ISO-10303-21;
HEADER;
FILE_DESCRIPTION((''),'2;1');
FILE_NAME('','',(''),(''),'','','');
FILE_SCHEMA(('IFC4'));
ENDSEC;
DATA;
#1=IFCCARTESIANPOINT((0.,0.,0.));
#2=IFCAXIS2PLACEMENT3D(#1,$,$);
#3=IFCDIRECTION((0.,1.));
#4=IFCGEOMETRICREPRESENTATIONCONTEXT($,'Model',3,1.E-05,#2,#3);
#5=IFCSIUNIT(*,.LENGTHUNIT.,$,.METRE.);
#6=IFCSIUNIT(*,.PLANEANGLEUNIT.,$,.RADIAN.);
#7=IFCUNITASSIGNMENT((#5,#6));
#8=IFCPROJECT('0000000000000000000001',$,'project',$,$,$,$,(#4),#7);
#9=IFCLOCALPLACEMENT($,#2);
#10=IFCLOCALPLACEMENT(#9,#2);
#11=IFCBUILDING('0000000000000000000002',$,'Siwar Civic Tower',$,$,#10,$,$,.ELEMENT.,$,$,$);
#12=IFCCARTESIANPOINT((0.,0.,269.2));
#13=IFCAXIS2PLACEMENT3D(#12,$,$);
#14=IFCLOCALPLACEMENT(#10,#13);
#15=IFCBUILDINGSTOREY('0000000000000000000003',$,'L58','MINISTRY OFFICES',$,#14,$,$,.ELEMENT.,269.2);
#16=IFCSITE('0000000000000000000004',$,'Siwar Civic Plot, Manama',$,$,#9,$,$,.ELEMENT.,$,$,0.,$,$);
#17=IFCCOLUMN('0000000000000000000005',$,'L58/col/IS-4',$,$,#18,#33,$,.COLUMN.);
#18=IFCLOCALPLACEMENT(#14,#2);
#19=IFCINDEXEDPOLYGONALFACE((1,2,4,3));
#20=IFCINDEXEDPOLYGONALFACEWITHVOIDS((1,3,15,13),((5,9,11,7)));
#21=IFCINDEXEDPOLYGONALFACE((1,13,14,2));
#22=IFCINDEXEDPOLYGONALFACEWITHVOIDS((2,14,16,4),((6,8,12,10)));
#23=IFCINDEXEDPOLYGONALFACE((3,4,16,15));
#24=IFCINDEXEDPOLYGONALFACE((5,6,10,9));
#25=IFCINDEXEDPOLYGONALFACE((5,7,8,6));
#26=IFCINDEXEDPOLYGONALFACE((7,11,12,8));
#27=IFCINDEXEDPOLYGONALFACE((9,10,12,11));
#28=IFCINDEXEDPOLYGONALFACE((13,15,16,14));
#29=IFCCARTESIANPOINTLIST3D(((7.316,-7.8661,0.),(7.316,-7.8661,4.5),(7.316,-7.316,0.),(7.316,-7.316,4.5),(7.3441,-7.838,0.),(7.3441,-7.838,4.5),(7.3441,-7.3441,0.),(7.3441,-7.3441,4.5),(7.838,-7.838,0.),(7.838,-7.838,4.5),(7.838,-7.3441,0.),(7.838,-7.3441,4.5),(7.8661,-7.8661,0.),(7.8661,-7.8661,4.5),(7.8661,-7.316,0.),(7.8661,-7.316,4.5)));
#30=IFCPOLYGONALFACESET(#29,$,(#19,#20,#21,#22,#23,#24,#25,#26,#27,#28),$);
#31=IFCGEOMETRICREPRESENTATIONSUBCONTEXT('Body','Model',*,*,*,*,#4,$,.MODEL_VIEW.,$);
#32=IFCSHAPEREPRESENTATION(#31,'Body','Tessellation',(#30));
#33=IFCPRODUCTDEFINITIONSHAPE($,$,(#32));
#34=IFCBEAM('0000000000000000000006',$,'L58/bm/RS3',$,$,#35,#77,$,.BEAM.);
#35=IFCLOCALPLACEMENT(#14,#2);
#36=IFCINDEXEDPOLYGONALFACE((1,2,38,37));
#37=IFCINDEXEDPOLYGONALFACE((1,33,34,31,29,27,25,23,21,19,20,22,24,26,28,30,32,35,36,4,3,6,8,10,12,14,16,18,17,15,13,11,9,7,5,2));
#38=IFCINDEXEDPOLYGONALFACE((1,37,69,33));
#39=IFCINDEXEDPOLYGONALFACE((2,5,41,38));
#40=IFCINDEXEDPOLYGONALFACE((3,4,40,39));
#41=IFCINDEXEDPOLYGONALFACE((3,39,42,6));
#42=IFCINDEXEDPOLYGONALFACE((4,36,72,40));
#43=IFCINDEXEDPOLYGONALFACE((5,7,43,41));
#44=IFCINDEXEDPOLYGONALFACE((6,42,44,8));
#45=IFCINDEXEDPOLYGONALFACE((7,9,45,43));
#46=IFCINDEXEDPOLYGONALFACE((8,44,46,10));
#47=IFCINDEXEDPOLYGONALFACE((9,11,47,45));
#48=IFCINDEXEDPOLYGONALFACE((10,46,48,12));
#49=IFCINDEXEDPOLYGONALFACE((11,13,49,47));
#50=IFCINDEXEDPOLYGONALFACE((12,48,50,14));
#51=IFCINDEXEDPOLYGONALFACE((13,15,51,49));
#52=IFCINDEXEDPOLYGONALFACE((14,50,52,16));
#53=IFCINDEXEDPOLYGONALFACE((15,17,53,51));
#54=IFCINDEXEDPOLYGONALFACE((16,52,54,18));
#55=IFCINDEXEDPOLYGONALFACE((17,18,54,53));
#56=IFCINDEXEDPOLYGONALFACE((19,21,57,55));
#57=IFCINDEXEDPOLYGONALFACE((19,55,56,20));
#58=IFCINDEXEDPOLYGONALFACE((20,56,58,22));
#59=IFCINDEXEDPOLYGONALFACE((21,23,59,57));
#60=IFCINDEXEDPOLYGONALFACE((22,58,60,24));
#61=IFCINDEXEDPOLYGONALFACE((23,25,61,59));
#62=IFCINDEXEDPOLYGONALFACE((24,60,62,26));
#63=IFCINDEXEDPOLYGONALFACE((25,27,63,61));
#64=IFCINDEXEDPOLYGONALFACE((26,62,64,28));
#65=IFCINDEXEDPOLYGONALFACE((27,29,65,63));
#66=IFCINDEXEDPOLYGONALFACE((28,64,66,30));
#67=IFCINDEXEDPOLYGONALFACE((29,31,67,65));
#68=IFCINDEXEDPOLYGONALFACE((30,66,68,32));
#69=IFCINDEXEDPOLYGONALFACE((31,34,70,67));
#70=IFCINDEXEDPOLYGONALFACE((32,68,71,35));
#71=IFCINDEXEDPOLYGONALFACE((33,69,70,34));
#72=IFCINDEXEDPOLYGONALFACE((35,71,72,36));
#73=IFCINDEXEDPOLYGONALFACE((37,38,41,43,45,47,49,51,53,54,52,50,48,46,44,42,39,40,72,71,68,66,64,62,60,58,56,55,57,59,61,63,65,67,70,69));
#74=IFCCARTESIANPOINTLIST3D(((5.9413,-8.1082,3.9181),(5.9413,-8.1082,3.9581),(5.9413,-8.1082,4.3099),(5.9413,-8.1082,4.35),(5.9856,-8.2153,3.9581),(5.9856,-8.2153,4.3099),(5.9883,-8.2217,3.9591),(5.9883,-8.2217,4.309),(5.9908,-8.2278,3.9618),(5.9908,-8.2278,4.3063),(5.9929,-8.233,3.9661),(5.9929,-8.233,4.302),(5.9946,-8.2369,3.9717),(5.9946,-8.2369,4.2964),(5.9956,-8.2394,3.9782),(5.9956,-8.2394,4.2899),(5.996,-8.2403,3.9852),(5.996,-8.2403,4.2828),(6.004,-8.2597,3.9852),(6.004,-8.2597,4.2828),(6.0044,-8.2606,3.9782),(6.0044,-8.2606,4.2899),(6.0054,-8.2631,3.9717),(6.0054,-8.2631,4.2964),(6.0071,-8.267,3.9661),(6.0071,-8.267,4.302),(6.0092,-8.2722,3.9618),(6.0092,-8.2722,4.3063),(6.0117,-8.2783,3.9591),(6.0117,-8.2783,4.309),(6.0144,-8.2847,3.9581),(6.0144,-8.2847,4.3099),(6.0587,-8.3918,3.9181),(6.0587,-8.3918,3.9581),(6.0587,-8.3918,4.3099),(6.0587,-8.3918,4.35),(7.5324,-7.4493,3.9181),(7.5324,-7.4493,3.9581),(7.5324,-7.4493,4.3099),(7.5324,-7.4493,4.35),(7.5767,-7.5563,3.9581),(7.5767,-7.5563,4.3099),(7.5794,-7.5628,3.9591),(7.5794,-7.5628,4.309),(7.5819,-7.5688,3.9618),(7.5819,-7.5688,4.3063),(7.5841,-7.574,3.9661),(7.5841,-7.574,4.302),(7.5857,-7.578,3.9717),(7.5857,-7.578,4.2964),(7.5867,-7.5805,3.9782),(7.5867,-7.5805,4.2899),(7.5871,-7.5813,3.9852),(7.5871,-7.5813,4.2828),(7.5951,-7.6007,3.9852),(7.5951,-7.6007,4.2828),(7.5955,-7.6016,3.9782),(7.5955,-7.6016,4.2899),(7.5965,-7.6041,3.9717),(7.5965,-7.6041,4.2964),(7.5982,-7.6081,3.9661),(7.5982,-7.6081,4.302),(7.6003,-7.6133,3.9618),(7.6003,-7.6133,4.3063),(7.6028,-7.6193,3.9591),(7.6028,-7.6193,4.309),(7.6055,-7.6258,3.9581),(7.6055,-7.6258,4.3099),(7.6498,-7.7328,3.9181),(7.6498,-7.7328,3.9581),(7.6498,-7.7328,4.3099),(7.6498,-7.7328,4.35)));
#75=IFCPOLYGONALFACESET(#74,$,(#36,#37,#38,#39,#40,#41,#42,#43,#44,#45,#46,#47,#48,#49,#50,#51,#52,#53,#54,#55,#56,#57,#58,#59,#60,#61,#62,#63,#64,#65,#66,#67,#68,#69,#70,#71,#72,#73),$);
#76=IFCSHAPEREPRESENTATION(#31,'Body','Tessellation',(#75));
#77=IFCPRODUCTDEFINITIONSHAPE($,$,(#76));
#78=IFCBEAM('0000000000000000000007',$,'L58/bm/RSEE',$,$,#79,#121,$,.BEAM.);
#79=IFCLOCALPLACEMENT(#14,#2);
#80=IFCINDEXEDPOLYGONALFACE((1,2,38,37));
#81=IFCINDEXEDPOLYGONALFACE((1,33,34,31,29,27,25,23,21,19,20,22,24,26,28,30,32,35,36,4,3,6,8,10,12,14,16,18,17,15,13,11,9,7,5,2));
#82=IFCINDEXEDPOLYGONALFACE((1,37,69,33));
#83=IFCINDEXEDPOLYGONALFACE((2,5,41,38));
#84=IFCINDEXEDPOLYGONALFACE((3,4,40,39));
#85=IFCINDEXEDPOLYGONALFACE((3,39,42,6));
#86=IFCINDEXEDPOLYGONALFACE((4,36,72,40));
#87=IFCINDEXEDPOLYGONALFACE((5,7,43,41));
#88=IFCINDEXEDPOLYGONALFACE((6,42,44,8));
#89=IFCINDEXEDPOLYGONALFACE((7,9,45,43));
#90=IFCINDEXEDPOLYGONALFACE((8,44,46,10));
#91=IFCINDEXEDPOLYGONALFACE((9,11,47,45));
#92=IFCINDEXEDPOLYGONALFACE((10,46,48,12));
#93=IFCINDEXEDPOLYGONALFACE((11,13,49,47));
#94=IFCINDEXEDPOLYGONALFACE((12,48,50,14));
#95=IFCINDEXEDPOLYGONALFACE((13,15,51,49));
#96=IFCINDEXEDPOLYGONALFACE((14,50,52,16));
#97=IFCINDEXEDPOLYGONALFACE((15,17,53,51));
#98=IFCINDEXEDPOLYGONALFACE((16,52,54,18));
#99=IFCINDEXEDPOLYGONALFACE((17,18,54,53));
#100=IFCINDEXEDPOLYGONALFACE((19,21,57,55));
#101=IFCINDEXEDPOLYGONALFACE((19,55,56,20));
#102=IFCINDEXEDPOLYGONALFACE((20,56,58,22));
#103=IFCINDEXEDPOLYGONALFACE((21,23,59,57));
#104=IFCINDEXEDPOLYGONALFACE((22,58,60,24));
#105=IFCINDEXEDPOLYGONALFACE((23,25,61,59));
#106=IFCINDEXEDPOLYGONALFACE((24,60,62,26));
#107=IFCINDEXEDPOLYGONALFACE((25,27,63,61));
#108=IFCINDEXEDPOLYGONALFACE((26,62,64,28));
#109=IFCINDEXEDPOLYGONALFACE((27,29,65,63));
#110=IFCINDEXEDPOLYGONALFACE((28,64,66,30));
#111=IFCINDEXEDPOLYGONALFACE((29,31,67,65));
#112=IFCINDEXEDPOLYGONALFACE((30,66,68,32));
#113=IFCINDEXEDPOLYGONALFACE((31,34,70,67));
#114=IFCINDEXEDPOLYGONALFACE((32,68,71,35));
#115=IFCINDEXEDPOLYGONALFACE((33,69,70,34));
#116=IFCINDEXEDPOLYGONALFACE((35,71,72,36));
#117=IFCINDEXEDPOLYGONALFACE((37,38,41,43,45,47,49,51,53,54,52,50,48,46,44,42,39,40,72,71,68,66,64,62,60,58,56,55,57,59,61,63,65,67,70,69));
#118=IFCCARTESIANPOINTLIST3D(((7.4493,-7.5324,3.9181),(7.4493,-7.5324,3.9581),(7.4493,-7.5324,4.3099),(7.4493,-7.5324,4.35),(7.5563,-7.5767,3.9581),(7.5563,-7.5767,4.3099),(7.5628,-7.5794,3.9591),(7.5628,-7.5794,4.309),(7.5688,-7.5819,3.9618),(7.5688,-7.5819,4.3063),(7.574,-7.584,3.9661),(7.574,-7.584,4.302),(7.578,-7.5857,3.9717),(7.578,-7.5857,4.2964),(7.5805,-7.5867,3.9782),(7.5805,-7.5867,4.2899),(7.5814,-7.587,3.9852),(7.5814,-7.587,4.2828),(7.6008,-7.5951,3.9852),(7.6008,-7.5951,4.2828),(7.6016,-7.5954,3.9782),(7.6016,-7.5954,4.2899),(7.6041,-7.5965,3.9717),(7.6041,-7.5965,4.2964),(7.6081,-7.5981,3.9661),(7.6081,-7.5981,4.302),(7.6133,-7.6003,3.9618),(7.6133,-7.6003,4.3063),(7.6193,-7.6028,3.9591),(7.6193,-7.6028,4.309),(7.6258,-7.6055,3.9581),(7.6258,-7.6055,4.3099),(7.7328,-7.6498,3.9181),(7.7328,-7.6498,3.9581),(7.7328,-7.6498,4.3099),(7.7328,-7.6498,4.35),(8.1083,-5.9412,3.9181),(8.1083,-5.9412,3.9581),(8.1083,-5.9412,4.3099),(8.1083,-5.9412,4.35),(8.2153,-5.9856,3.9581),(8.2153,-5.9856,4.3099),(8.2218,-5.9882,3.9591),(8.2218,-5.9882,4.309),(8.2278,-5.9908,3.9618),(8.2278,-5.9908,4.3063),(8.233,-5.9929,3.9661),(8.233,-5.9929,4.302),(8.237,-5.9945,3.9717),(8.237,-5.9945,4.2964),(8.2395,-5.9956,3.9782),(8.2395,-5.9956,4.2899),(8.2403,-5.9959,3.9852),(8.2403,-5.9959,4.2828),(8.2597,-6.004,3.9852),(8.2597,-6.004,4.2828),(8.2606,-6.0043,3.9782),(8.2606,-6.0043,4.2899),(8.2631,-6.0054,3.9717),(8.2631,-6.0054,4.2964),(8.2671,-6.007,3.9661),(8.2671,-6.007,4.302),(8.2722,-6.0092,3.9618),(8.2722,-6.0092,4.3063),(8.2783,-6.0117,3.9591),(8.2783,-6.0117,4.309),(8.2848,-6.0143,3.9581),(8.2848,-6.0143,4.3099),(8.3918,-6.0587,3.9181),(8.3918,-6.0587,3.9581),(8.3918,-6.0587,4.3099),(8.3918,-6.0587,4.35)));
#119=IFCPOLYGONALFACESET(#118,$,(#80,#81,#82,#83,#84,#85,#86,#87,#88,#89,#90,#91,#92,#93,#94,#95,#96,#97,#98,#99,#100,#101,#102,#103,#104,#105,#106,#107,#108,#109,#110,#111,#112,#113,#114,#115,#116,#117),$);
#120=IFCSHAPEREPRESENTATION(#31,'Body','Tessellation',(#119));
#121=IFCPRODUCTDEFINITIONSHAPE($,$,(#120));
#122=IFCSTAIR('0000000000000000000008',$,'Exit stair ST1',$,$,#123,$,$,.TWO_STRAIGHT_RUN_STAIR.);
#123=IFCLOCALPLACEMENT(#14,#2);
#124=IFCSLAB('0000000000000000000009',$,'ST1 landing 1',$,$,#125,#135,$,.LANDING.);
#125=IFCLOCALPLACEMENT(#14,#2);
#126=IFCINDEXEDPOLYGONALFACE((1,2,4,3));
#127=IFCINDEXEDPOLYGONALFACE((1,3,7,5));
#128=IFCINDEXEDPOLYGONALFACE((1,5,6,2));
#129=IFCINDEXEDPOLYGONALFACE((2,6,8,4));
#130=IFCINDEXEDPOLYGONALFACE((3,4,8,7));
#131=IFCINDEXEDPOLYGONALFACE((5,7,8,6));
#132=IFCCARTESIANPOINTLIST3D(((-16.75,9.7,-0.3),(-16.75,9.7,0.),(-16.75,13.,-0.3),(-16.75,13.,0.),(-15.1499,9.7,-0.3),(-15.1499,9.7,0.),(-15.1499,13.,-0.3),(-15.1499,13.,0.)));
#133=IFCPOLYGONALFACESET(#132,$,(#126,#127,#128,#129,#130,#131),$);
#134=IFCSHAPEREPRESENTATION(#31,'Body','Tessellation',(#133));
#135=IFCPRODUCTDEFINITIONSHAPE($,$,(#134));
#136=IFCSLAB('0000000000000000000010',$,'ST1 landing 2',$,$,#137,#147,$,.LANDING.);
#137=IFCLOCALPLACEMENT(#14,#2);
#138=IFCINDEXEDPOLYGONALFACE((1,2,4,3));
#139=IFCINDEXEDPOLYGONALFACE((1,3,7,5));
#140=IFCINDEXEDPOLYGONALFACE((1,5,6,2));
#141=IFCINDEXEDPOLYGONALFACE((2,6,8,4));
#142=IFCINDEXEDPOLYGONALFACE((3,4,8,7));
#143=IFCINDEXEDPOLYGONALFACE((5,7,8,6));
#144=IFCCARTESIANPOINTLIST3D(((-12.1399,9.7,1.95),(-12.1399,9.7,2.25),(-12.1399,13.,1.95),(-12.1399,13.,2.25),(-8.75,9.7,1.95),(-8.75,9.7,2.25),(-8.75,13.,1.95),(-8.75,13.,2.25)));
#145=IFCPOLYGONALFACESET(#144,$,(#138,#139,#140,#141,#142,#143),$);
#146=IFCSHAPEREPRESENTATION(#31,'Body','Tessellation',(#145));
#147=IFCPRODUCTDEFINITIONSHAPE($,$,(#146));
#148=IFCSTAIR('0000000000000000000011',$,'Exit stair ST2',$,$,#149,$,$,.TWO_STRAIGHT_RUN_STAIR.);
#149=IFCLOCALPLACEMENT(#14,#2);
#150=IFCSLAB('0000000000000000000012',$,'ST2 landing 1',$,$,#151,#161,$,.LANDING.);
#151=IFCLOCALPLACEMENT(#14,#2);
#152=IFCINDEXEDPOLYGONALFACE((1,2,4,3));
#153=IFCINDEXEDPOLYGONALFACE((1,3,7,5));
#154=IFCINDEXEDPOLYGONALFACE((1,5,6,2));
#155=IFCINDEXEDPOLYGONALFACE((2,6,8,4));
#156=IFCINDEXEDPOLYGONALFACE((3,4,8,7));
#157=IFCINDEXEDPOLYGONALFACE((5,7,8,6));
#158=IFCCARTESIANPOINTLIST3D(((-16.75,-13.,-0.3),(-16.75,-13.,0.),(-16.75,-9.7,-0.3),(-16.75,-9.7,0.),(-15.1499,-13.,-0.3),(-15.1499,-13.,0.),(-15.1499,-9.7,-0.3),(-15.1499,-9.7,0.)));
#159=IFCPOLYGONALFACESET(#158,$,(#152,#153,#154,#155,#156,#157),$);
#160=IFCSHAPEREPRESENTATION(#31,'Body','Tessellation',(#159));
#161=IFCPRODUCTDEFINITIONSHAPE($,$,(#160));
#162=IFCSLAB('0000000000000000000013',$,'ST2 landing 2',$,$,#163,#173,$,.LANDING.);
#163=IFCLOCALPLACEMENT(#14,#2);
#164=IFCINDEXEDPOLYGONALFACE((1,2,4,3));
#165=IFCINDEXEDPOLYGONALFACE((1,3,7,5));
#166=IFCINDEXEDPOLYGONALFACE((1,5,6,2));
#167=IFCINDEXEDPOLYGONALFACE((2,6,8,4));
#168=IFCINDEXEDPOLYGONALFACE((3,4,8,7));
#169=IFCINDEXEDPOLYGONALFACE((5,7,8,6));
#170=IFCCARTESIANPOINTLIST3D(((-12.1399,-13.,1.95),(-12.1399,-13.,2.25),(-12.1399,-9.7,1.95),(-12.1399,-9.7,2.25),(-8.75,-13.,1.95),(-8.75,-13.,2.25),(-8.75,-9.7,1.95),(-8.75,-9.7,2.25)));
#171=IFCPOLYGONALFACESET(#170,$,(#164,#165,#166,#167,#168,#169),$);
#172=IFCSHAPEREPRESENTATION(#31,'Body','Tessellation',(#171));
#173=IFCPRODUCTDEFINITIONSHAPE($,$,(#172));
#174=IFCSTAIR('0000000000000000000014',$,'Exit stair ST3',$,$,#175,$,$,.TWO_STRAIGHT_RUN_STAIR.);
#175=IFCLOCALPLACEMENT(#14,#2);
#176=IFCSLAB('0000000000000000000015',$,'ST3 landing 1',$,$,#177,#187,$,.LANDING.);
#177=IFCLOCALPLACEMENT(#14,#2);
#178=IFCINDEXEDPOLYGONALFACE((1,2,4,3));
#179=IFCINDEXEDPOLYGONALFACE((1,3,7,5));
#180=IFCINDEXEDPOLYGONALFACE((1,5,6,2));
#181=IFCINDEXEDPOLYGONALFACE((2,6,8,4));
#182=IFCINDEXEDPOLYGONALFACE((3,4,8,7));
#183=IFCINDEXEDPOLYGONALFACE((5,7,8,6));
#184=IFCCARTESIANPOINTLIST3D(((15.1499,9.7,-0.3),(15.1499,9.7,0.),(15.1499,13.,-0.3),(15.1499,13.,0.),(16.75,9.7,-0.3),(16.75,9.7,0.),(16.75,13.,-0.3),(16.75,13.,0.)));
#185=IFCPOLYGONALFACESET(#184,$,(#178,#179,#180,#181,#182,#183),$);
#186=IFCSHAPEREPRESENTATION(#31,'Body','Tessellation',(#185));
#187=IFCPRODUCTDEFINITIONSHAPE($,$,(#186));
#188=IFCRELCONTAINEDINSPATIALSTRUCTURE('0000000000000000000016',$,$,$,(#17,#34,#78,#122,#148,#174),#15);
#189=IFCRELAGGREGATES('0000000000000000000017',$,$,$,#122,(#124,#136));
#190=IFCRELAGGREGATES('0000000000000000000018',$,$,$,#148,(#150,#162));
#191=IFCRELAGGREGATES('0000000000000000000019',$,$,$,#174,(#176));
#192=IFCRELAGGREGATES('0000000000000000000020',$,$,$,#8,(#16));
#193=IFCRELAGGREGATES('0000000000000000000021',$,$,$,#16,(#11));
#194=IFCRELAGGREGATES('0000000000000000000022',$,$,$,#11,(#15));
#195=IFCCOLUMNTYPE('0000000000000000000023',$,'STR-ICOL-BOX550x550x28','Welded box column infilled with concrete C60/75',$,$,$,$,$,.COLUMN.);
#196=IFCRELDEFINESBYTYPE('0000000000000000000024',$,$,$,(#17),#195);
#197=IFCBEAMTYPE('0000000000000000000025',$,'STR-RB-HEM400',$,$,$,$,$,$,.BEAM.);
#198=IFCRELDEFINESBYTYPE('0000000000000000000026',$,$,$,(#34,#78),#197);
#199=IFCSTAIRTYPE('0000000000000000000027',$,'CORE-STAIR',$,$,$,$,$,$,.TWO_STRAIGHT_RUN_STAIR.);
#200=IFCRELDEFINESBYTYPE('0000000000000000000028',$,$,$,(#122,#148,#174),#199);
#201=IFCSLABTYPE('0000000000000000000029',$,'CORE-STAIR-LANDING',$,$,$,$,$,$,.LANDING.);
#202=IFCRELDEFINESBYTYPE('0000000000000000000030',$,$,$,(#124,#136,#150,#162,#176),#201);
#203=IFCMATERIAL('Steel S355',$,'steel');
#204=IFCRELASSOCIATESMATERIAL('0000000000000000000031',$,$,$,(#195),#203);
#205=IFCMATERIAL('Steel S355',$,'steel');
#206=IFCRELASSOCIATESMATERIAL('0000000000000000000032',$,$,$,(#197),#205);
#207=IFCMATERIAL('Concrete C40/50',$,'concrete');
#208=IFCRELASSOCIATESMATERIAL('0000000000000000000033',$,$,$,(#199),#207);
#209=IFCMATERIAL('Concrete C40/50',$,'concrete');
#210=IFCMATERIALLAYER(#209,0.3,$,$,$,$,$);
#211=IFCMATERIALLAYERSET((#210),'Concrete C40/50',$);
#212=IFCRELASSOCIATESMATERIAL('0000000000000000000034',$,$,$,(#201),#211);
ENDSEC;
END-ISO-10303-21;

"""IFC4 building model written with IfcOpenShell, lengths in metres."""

from ifc_helpers import new_model, si_unit, direction, frame, origin, origin_2d, place, context, subcontext, project, spatial, polyline, hollow_rectangle, i_section, outline, extrude, material, layer, layer_set, material_profile, profile_set, type_object, element, aggregate, save


model = new_model("IFC4")

# Units and contexts
model_context = context("Model", 3, precision=1e-05, world=origin(), true_north=direction((0.0, 1.0)))
body_context = subcontext(model_context, "Body", "Model", "MODEL_VIEW")
ifc_project = project(units=[si_unit("LENGTHUNIT", "METRE"), si_unit("PLANEANGLEUNIT", "RADIAN")], contexts=[model_context])

# Site, building, storey
site_placement = place(None, origin())
site = spatial("IfcSite", under=ifc_project, at=site_placement, Name="Siwar Civic Plot, Manama", CompositionType="ELEMENT", RefElevation=0.0)
building_placement = place(site_placement, origin())
building = spatial("IfcBuilding", under=site, at=building_placement, Name="Siwar Civic Tower", CompositionType="ELEMENT")
storey_placement = place(building_placement, frame((0.0, 0.0, 269.2)))
storey = spatial("IfcBuildingStorey", under=building, at=storey_placement, Name="L58", Description="MINISTRY OFFICES", CompositionType="ELEMENT", Elevation=269.2)

# Column
ifc_material_1 = material(Name="Steel S355", Category="steel")
ifc_material_profile_1 = material_profile(ifc_material_1, hollow_rectangle(XDim=0.55, YDim=0.55, WallThickness=0.0281, at=origin_2d()), Name="BOX550x550x28")
ifc_profile_set_1 = profile_set([ifc_material_profile_1], Name="Steel S355")
column_type = type_object("IfcColumnType", Name="STR-ICOL-BOX550x550x28", Description="Welded box column infilled with concrete C60/75", PredefinedType="COLUMN", material=ifc_profile_set_1)
column_placement = place(storey_placement, frame((7.5911, -7.5911, 0.0), z_axis=(0.0, 0.0, 1.0), x_axis=(1.0, 0.0, 0.0)))
element("IfcColumn", 1, at=column_placement, inside=storey, type_object=column_type, Name="L58/col/IS-4", PredefinedType="COLUMN", context=body_context, shape_type="SweptSolid", body=[
    extrude(hollow_rectangle(XDim=0.55, YDim=0.55, WallThickness=0.0281, at=origin_2d()), origin(), (0.0, 0.0, 1.0), 4.5),
])

# Beams
ifc_material_2 = material(Name="Steel S355", Category="steel")
ifc_material_profile_2 = material_profile(ifc_material_2, i_section(OverallWidth=0.3069, OverallDepth=0.4319, WebThickness=0.021, FlangeThickness=0.04, FilletRadius=0.0271, at=origin_2d()), Name="HEM400")
ifc_profile_set_2 = profile_set([ifc_material_profile_2], Name="Steel S355")
beam_type = type_object("IfcBeamType", Name="STR-RB-HEM400", PredefinedType="BEAM", material=ifc_profile_set_2)
for number, where, z_axis, x_axis, name in (
    (2, (6.0, -8.25, 4.134), (0.923901, 0.382631, 0.0), (-0.382631, 0.923901, 0.0), "L58/bm/RS3"),
    (3, (7.5911, -7.5911, 4.134), (0.382631, 0.923901, 0.0), (-0.923901, 0.382631, 0.0), "L58/bm/RSEE"),
):
    element("IfcBeam", number, at=place(storey_placement, frame(where, z_axis=z_axis, x_axis=x_axis)), inside=storey, type_object=beam_type, Name=name, PredefinedType="BEAM", context=body_context, shape_type="SweptSolid", body=[
        extrude(i_section(OverallWidth=0.3069, OverallDepth=0.4319, WebThickness=0.021, FlangeThickness=0.04, FilletRadius=0.0271, at=origin_2d()), origin(), (0.0, 0.0, 1.0), 1.7222),
    ])

# Stairs, slabs
ifc_material_3 = material(Name="Concrete C40/50", Category="concrete")
stair_type = type_object("IfcStairType", Name="CORE-STAIR", PredefinedType="TWO_STRAIGHT_RUN_STAIR", material=ifc_material_3)
stair_1_placement = place(storey_placement, origin())
stair_1 = element("IfcStair", 4, at=stair_1_placement, inside=storey, type_object=stair_type, Name="Exit stair ST1", PredefinedType="TWO_STRAIGHT_RUN_STAIR")
ifc_material_4 = material(Name="Concrete C40/50", Category="concrete")
ifc_layer_1 = layer(ifc_material_4, 0.3)
ifc_layer_set_1 = layer_set([ifc_layer_1], Name="Concrete C40/50")
slab_type = type_object("IfcSlabType", Name="CORE-STAIR-LANDING", PredefinedType="LANDING", material=ifc_layer_set_1)
slab_1_placement = place(storey_placement, frame((0.0, 0.0, -0.3)))
slab_1 = element("IfcSlab", 5, at=slab_1_placement, type_object=slab_type, Name="ST1 landing 1", PredefinedType="LANDING", context=body_context, shape_type="SweptSolid", body=[
    extrude(outline(polyline([(-15.1499, 13.0), (-16.75, 13.0), (-16.75, 9.7), (-15.1499, 9.7), (-15.1499, 13.0)])), origin(), (0.0, 0.0, 1.0), 0.3),
])
slab_2_placement = place(storey_placement, frame((0.0, 0.0, 1.95)))
slab_2 = element("IfcSlab", 6, at=slab_2_placement, type_object=slab_type, Name="ST1 landing 2", PredefinedType="LANDING", context=body_context, shape_type="SweptSolid", body=[
    extrude(outline(polyline([(-8.75, 13.0), (-12.1399, 13.0), (-12.1399, 9.7), (-8.75, 9.7), (-8.75, 13.0)])), origin(), (0.0, 0.0, 1.0), 0.3),
])
aggregate(stair_1, [slab_1, slab_2])
stair_2_placement = place(storey_placement, origin())
stair_2 = element("IfcStair", 7, at=stair_2_placement, inside=storey, type_object=stair_type, Name="Exit stair ST2", PredefinedType="TWO_STRAIGHT_RUN_STAIR")
slab_3_placement = place(storey_placement, frame((0.0, 0.0, -0.3)))
slab_3 = element("IfcSlab", 8, at=slab_3_placement, type_object=slab_type, Name="ST2 landing 1", PredefinedType="LANDING", context=body_context, shape_type="SweptSolid", body=[
    extrude(outline(polyline([(-15.1499, -9.7), (-16.75, -9.7), (-16.75, -13.0), (-15.1499, -13.0), (-15.1499, -9.7)])), origin(), (0.0, 0.0, 1.0), 0.3),
])
slab_4_placement = place(storey_placement, frame((0.0, 0.0, 1.95)))
slab_4 = element("IfcSlab", 9, at=slab_4_placement, type_object=slab_type, Name="ST2 landing 2", PredefinedType="LANDING", context=body_context, shape_type="SweptSolid", body=[
    extrude(outline(polyline([(-8.75, -9.7), (-12.1399, -9.7), (-12.1399, -13.0), (-8.75, -13.0), (-8.75, -9.7)])), origin(), (0.0, 0.0, 1.0), 0.3),
])
aggregate(stair_2, [slab_3, slab_4])

# Stair, slab
stair_3_placement = place(storey_placement, origin())
stair_3 = element("IfcStair", 10, at=stair_3_placement, inside=storey, type_object=stair_type, Name="Exit stair ST3", PredefinedType="TWO_STRAIGHT_RUN_STAIR")
slab_5_placement = place(storey_placement, frame((0.0, 0.0, -0.3)))
slab_5 = element("IfcSlab", 11, at=slab_5_placement, type_object=slab_type, Name="ST3 landing 1", PredefinedType="LANDING", context=body_context, shape_type="SweptSolid", body=[
    extrude(outline(polyline([(15.1499, 9.7), (16.75, 9.7), (16.75, 13.0), (15.1499, 13.0), (15.1499, 9.7)])), origin(), (0.0, 0.0, 1.0), 0.3),
])
aggregate(stair_3, [slab_5])

save(model, "model.ifc")
